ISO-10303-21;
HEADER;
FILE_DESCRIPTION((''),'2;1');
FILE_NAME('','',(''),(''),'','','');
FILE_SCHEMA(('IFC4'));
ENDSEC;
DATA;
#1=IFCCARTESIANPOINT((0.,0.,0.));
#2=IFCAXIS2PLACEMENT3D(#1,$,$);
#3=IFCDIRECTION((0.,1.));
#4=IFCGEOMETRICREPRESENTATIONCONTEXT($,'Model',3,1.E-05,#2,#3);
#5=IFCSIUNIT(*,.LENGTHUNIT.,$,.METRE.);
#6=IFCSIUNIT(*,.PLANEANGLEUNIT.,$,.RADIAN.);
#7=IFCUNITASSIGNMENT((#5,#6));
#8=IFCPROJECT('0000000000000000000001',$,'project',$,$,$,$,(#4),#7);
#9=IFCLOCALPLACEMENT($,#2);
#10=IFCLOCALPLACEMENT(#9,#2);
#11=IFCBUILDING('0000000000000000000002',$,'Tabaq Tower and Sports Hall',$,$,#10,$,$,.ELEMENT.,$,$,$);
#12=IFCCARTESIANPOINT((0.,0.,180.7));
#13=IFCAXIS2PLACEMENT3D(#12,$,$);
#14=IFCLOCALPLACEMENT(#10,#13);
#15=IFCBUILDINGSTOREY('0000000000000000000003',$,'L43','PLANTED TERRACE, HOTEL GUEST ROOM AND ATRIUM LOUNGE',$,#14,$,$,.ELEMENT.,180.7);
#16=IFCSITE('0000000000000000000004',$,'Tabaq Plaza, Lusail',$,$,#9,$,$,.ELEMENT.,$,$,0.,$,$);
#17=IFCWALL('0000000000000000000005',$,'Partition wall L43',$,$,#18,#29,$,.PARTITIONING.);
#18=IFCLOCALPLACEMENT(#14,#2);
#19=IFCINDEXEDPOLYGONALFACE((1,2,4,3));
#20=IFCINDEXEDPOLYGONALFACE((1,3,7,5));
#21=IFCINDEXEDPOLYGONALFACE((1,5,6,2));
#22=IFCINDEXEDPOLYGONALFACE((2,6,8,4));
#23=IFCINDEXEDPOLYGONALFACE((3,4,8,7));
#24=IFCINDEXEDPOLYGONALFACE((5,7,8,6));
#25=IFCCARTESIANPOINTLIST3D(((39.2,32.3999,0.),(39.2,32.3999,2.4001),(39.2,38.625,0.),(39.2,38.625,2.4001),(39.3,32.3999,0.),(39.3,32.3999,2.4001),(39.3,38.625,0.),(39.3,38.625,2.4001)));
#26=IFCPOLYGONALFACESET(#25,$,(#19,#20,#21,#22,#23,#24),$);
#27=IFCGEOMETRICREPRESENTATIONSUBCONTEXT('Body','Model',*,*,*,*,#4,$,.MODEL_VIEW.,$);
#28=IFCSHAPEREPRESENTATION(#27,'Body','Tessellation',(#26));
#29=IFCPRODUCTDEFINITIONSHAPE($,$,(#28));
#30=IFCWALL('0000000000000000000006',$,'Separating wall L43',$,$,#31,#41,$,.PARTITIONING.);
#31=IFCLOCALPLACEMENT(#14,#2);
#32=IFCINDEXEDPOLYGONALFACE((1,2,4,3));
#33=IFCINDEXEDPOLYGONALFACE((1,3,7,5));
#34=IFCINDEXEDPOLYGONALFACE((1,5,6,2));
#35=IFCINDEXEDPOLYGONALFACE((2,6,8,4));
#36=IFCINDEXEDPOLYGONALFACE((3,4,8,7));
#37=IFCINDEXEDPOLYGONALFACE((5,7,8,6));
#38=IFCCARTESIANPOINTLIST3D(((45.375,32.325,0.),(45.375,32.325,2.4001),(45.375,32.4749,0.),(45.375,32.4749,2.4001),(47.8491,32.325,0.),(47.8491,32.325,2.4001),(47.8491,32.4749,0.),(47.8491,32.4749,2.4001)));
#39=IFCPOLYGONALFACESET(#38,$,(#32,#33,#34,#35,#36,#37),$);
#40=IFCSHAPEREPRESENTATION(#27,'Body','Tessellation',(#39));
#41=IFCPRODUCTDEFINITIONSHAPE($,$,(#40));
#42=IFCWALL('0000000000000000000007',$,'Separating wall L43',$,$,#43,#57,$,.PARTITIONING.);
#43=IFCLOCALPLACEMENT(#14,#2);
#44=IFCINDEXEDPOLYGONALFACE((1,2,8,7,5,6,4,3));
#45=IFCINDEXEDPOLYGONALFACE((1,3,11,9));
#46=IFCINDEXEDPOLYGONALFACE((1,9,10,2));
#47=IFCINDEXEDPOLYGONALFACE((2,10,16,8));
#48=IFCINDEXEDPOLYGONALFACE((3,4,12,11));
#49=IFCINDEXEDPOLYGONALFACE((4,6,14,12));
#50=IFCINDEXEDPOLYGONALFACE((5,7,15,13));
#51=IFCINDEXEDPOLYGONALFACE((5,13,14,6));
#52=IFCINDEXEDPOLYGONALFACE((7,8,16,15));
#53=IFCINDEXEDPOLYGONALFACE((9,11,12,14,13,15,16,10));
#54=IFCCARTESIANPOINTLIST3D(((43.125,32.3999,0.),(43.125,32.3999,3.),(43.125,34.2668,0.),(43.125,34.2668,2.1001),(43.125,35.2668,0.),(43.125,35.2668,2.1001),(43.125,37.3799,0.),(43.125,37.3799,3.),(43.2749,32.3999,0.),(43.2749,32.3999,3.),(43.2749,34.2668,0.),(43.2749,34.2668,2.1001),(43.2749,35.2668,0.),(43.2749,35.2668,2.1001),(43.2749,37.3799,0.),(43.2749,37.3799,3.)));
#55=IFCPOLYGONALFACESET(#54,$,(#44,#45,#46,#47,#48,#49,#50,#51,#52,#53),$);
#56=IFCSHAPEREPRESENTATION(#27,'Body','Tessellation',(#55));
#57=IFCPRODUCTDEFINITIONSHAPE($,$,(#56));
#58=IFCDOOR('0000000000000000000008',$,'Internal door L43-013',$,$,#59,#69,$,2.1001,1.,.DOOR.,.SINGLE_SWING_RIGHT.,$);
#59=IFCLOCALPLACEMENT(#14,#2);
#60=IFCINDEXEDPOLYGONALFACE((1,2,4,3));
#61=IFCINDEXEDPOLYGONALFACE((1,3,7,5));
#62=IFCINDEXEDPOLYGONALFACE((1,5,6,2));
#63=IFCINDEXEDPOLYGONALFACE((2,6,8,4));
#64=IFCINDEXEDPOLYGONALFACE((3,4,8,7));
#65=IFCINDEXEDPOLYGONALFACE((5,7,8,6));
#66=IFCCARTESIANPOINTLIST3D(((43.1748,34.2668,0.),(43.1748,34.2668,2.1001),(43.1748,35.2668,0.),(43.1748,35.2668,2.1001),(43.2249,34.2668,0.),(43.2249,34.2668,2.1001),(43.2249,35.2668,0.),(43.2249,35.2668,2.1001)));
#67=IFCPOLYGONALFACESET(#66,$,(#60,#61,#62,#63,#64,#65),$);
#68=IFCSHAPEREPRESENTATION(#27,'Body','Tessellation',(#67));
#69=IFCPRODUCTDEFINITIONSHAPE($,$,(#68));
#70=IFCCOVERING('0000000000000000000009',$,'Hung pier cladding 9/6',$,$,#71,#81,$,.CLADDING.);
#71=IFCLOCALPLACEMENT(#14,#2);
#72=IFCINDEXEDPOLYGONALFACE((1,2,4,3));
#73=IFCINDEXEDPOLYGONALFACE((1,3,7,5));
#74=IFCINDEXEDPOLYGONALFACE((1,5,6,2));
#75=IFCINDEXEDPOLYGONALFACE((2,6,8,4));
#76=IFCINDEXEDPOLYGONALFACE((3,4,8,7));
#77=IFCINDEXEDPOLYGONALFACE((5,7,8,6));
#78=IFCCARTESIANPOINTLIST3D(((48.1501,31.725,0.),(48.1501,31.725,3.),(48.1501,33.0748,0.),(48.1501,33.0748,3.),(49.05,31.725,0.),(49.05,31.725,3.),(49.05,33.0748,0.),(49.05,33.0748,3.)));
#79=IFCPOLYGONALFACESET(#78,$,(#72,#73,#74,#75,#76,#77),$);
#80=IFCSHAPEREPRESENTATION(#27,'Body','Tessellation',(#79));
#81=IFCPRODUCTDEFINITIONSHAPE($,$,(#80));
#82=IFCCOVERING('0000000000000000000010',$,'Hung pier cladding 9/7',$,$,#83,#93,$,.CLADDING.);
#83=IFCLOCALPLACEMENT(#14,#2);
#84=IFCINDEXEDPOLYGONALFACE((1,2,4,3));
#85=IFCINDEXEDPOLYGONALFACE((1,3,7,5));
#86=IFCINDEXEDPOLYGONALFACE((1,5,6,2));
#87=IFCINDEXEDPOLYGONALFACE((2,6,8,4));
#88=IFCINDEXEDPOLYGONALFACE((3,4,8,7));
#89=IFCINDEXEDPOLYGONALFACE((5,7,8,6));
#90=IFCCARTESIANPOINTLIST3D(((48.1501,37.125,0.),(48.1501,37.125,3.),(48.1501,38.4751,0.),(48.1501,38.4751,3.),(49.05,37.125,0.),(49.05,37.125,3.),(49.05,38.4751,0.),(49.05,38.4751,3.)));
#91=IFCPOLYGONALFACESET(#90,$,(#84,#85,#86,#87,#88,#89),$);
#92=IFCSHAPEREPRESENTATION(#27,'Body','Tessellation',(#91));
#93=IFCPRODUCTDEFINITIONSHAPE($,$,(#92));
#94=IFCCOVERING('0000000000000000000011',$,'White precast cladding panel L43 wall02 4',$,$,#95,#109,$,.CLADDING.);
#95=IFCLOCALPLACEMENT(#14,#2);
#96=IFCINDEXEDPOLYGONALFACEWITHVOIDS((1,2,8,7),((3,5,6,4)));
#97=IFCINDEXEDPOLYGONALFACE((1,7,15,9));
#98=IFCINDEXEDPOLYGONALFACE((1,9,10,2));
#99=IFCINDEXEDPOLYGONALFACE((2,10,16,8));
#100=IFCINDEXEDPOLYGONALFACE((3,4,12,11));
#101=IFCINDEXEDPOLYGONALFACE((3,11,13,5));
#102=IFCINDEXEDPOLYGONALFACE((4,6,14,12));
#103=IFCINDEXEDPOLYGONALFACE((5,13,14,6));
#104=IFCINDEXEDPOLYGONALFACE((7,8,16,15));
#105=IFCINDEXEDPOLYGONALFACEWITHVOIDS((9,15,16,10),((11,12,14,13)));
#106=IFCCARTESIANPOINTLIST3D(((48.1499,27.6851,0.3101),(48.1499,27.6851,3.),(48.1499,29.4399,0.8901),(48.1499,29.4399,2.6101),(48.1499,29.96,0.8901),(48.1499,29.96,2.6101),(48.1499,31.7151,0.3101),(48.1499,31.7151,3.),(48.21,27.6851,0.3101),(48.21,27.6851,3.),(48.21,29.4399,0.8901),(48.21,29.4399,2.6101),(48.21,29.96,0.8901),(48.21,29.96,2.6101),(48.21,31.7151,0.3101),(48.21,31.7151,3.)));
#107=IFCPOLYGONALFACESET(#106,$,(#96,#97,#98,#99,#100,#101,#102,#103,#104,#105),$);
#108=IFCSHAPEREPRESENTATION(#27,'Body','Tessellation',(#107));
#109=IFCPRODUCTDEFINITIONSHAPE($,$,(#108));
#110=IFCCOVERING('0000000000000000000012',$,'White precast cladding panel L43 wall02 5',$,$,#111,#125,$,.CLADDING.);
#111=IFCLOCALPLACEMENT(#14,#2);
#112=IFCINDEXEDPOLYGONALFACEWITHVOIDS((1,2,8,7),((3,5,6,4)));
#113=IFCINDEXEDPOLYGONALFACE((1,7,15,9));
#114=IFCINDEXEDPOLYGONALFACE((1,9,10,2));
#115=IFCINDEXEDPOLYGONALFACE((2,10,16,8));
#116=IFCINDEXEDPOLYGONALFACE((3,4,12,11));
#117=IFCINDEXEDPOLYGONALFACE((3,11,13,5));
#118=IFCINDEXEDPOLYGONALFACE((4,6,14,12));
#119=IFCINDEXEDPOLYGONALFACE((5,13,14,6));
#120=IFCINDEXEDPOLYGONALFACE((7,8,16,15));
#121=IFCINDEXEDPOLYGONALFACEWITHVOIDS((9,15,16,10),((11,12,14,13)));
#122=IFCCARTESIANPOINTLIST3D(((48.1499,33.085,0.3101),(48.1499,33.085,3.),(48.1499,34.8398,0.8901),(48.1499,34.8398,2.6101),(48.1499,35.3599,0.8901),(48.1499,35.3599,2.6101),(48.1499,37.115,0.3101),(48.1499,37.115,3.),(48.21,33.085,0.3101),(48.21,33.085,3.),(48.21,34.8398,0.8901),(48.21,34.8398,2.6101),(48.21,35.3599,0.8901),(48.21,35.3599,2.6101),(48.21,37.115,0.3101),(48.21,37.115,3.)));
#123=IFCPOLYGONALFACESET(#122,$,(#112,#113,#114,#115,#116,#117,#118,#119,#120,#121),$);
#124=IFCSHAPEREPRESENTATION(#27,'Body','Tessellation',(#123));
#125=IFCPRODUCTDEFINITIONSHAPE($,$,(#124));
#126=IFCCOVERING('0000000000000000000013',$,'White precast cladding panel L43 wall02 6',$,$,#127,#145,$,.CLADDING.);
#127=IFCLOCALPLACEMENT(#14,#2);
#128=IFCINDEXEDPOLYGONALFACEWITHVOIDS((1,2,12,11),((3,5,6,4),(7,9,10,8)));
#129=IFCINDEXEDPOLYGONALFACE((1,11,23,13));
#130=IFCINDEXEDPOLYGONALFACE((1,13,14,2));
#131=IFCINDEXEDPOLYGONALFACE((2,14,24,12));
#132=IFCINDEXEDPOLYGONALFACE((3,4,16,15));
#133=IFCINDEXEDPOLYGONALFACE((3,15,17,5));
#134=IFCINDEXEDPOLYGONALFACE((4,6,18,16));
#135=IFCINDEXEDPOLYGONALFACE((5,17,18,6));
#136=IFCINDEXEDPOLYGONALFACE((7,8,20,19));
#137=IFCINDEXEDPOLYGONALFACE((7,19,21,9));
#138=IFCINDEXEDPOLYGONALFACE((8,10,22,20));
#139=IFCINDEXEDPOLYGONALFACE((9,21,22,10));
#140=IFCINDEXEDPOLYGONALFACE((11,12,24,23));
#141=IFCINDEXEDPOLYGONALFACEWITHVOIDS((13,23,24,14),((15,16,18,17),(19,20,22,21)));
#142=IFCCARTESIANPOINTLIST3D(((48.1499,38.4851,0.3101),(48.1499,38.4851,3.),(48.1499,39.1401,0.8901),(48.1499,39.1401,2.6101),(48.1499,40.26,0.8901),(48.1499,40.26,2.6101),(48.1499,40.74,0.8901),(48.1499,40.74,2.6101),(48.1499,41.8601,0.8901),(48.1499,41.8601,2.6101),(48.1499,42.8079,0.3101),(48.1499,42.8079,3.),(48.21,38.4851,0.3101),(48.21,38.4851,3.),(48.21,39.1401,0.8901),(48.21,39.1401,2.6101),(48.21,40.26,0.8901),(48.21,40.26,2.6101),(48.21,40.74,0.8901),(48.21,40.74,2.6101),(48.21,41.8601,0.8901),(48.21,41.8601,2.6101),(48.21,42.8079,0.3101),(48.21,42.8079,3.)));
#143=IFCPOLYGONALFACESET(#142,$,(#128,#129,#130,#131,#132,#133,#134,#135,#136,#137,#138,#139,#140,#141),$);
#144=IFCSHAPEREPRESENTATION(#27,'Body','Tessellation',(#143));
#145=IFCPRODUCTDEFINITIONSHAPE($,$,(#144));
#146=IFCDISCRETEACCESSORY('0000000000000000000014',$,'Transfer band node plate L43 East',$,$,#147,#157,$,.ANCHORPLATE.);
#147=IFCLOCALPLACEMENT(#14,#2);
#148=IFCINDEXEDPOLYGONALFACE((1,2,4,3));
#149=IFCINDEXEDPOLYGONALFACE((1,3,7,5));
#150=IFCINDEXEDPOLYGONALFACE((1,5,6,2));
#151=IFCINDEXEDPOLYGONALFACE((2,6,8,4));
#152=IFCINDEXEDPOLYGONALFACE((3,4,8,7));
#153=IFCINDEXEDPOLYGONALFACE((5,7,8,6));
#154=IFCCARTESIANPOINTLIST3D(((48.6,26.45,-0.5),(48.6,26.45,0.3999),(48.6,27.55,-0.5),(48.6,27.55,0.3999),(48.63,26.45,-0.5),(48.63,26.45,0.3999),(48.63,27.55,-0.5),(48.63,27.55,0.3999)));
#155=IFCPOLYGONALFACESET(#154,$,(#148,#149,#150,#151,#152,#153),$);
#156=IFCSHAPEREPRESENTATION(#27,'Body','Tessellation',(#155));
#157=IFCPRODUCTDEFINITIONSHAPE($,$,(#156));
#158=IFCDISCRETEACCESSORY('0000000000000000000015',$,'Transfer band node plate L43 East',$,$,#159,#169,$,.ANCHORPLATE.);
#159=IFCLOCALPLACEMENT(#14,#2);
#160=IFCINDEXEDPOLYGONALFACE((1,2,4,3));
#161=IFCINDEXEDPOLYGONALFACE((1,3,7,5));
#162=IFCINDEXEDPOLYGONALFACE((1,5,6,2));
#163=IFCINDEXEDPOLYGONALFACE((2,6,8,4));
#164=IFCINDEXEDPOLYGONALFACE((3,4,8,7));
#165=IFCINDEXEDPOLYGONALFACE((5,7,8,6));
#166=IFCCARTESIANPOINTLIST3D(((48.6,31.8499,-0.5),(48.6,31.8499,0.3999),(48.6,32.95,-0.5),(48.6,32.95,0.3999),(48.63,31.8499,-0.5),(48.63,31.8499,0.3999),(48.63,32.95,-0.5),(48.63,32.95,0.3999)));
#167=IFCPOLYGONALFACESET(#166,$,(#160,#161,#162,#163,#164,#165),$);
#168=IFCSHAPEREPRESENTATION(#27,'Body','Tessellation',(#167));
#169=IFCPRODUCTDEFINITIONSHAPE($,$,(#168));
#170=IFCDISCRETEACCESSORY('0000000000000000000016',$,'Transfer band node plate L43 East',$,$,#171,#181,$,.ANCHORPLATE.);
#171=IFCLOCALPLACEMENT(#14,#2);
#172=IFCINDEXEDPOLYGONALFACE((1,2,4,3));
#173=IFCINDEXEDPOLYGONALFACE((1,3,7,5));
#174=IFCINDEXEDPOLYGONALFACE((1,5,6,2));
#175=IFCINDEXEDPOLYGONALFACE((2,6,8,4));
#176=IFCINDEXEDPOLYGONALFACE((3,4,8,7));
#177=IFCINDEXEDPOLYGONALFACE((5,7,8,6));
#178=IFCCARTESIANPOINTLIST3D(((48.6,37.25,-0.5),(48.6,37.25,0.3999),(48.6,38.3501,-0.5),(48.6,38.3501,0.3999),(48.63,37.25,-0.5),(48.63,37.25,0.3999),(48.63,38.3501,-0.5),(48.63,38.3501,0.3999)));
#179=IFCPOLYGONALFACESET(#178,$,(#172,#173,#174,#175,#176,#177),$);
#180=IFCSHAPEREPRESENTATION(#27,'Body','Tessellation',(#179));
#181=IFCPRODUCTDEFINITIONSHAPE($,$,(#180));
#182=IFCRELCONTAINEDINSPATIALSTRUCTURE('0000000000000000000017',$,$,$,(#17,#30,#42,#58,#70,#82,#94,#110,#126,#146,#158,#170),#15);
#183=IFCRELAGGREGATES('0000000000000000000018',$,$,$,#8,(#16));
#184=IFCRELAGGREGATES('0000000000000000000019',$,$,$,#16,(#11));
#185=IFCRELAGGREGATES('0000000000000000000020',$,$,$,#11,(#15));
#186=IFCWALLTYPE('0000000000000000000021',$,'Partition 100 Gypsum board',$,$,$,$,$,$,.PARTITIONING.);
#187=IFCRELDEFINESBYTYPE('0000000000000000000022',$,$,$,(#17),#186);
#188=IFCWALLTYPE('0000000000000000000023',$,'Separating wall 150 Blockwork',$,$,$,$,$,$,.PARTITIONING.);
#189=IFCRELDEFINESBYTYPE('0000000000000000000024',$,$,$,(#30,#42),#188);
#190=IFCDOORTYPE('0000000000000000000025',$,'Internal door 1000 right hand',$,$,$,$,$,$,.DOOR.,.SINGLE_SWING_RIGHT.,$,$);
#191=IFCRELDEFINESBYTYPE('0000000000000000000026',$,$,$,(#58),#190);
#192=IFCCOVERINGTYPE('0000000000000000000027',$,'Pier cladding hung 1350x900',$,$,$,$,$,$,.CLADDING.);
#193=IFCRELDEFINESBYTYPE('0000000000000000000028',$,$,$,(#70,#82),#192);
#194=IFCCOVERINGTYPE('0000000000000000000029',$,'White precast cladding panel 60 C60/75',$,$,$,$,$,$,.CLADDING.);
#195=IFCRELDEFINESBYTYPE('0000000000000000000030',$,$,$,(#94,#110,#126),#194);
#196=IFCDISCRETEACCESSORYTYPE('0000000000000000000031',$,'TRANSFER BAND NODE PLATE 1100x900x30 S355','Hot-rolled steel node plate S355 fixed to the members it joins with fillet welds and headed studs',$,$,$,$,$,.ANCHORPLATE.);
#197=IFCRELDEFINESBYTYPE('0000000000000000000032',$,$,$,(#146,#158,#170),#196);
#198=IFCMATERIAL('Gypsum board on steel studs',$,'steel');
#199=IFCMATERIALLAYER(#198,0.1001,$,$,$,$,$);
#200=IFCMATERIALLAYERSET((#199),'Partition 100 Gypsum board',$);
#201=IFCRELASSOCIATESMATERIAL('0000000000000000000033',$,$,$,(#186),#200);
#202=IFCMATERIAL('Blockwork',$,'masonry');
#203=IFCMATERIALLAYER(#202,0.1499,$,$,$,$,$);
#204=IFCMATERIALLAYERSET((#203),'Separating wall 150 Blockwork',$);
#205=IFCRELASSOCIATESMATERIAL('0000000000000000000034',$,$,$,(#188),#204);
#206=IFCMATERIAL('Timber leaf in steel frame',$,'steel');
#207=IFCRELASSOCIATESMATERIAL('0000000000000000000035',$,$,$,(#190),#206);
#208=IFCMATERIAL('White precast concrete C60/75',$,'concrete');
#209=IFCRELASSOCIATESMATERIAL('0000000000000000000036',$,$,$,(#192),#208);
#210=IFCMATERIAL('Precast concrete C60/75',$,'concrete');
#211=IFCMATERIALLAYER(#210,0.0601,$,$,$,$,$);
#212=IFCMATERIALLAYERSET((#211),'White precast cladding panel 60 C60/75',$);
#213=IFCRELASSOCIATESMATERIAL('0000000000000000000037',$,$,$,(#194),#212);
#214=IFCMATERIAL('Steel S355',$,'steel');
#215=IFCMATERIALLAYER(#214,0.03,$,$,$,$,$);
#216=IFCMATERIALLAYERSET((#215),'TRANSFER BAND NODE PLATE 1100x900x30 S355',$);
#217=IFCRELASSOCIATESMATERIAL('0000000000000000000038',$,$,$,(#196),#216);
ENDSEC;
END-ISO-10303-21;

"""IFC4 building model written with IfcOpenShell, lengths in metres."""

from ifc_helpers import new_model, si_unit, direction, frame, frame_2d, origin, origin_2d, place, context, subcontext, project, spatial, polyline, rectangle, outline, extrude, material, layer, layer_set, type_object, element, fill, save


model = new_model("IFC4")

# Units and contexts
model_context = context("Model", 3, precision=1e-05, world=origin(), true_north=direction((0.0, 1.0)))
body_context = subcontext(model_context, "Body", "Model", "MODEL_VIEW")
ifc_project = project(units=[si_unit("LENGTHUNIT", "METRE"), si_unit("PLANEANGLEUNIT", "RADIAN")], contexts=[model_context])

# Site, building, storey
site_placement = place(None, origin())
site = spatial("IfcSite", under=ifc_project, at=site_placement, Name="Tabaq Plaza, Lusail", CompositionType="ELEMENT", RefElevation=0.0)
building_placement = place(site_placement, origin())
building = spatial("IfcBuilding", under=site, at=building_placement, Name="Tabaq Tower and Sports Hall", CompositionType="ELEMENT")
storey_placement = place(building_placement, frame((0.0, 0.0, 180.7)))
storey = spatial("IfcBuildingStorey", under=building, at=storey_placement, Name="L43", Description="PLANTED TERRACE, HOTEL GUEST ROOM AND ATRIUM LOUNGE", CompositionType="ELEMENT", Elevation=180.7)

# Shared definitions
ifc_material_1 = material(Name="Gypsum board on steel studs", Category="steel")
ifc_layer_1 = layer(ifc_material_1, 0.1001)
ifc_layer_set_1 = layer_set([ifc_layer_1], Name="Partition 100 Gypsum board")
wall_type_1 = type_object("IfcWallType", Name="Partition 100 Gypsum board", PredefinedType="PARTITIONING", material=ifc_layer_set_1)

# Walls
wall_1_placement = place(storey_placement, frame((39.25, 32.3999, 0.0), z_axis=(0.0, 0.0, 1.0), x_axis=(0.0, 1.0, 0.0)))
element("IfcWall", 1, at=wall_1_placement, inside=storey, type_object=wall_type_1, Name="Partition wall L43", PredefinedType="PARTITIONING", context=body_context, shape_type="SweptSolid", body=[
    extrude(rectangle(XDim=6.2251, YDim=0.1001, at=frame_2d((3.1125, 0.0))), origin(), (0.0, 0.0, 1.0), 2.4001),
])
ifc_material_2 = material(Name="Blockwork", Category="masonry")
ifc_layer_2 = layer(ifc_material_2, 0.1499)
ifc_layer_set_2 = layer_set([ifc_layer_2], Name="Separating wall 150 Blockwork")
wall_type_2 = type_object("IfcWallType", Name="Separating wall 150 Blockwork", PredefinedType="PARTITIONING", material=ifc_layer_set_2)
wall_2_placement = place(storey_placement, frame((45.375, 32.3999, 0.0), z_axis=(0.0, 0.0, 1.0), x_axis=(1.0, 0.0, 0.0)))
element("IfcWall", 2, at=wall_2_placement, inside=storey, type_object=wall_type_2, Name="Separating wall L43", PredefinedType="PARTITIONING", context=body_context, shape_type="SweptSolid", body=[
    extrude(rectangle(XDim=2.4741, YDim=0.1499, at=frame_2d((1.2371, 0.0))), origin(), (0.0, 0.0, 1.0), 2.4001),
])

# Wall, opening, door
wall_3_placement = place(storey_placement, frame((43.2, 37.3799, 0.0), z_axis=(0.0, 0.0, 1.0), x_axis=(0.0, -1.0, 0.0)))
wall_3 = element("IfcWall", 3, at=wall_3_placement, inside=storey, type_object=wall_type_2, Name="Separating wall L43", PredefinedType="PARTITIONING", context=body_context, shape_type="SweptSolid", body=[
    extrude(rectangle(XDim=4.98, YDim=0.1499, at=frame_2d((2.49, 0.0))), origin(), (0.0, 0.0, 1.0), 3.0),
])
opening_1_placement = place(wall_3_placement, frame((2.113, 0.0, 0.0)))
opening_1 = element("IfcOpeningElement", 4, at=opening_1_placement, cuts=wall_3, PredefinedType="OPENING", context=body_context, shape_type="SweptSolid", body=[
    extrude(rectangle(XDim=1.0, YDim=2.1001, at=frame_2d((0.5, 1.05))), frame((0.0, 0.075, 0.0), z_axis=(0.0, -1.0, 0.0), x_axis=(1.0, 0.0, 0.0)), (0.0, 0.0, 1.0), 0.1499),
])
ifc_material_3 = material(Name="Timber leaf in steel frame", Category="steel")
door_type_1 = type_object("IfcDoorType", Name="Internal door 1000 right hand", OperationType="SINGLE_SWING_RIGHT", PredefinedType="DOOR", material=ifc_material_3)
door_1_placement = place(opening_1_placement, origin())
door_1 = element("IfcDoor", 5, at=door_1_placement, inside=storey, type_object=door_type_1, Name="Internal door L43-013", OperationType="SINGLE_SWING_RIGHT", OverallHeight=2.1001, OverallWidth=1.0, PredefinedType="DOOR", context=body_context, shape_type="SweptSolid", body=[
    extrude(rectangle(XDim=1.0, YDim=2.1001, at=frame_2d((0.5, 1.05))), frame((0.0, 0.0249, 0.0), z_axis=(0.0, -1.0, 0.0), x_axis=(1.0, 0.0, 0.0)), (0.0, 0.0, 1.0), 0.05),
])
fill(opening_1, door_1)

# Coverings
ifc_material_4 = material(Name="White precast concrete C60/75", Category="concrete")
covering_type_1 = type_object("IfcCoveringType", Name="Pier cladding hung 1350x900", PredefinedType="CLADDING", material=ifc_material_4)
covering_1_placement = place(storey_placement, frame((48.6001, 31.7251, 0.0), z_axis=(0.0, 0.0, 1.0), x_axis=(0.0, 1.0, 0.0)))
element("IfcCovering", 6, at=covering_1_placement, inside=storey, type_object=covering_type_1, Name="Hung pier cladding 9/6", PredefinedType="CLADDING", context=body_context, shape_type="SweptSolid", body=[
    extrude(rectangle(XDim=1.3499, YDim=0.8999, at=frame_2d((0.6748, 0.0))), origin(), (0.0, 0.0, 1.0), 3.0),
])
covering_2_placement = place(storey_placement, frame((48.6001, 37.125, 0.0), z_axis=(0.0, 0.0, 1.0), x_axis=(0.0, 1.0, 0.0)))
element("IfcCovering", 7, at=covering_2_placement, inside=storey, type_object=covering_type_1, Name="Hung pier cladding 9/7", PredefinedType="CLADDING", context=body_context, shape_type="SweptSolid", body=[
    extrude(rectangle(XDim=1.3501, YDim=0.8999, at=frame_2d((0.675, 0.0))), origin(), (0.0, 0.0, 1.0), 3.0),
])
ifc_material_5 = material(Name="Precast concrete C60/75", Category="concrete")
ifc_layer_3 = layer(ifc_material_5, 0.0601)
ifc_layer_set_3 = layer_set([ifc_layer_3], Name="White precast cladding panel 60 C60/75")
covering_type_2 = type_object("IfcCoveringType", Name="White precast cladding panel 60 C60/75", PredefinedType="CLADDING", material=ifc_layer_set_3)
for number, where, z_axis, x_axis, name in (
    (8, (48.1799, 27.6851, 0.3101), (0.0, 0.0, 1.0), (0.0, 1.0, 0.0), "White precast cladding panel L43 wall02 4"),
    (9, (48.1799, 33.085, 0.3101), (0.0, 0.0, 1.0), (0.0, 1.0, 0.0), "White precast cladding panel L43 wall02 5"),
):
    element("IfcCovering", number, at=place(storey_placement, frame(where, z_axis=z_axis, x_axis=x_axis)), inside=storey, type_object=covering_type_2, Name=name, PredefinedType="CLADDING", context=body_context, shape_type="SweptSolid", body=[
        extrude(outline(polyline([(0.0, 0.0), (4.03, 0.0), (4.03, 2.6899), (0.0, 2.6899), (0.0, 0.0)]), holes=[polyline([(1.7549, 0.5801), (1.7549, 2.3), (2.2749, 2.3), (2.2749, 0.5801), (1.7549, 0.5801)])]), frame((0.0, 0.03, 0.0), z_axis=(0.0, -1.0, 0.0), x_axis=(1.0, 0.0, 0.0)), (0.0, 0.0, 1.0), 0.0601),
    ])
covering_3_placement = place(storey_placement, frame((48.1799, 38.4851, 0.3101), z_axis=(0.0, 0.0, 1.0), x_axis=(0.0, 1.0, 0.0)))
element("IfcCovering", 10, at=covering_3_placement, inside=storey, type_object=covering_type_2, Name="White precast cladding panel L43 wall02 6", PredefinedType="CLADDING", context=body_context, shape_type="SweptSolid", body=[
    extrude(outline(polyline([(0.0, 0.0), (4.3228, 0.0), (4.3228, 2.6899), (0.0, 2.6899), (0.0, 0.0)]), holes=[polyline([(0.655, 2.3), (1.7749, 2.3), (1.7749, 0.5801), (0.655, 0.5801), (0.655, 2.3)]), polyline([(2.2549, 2.3), (3.375, 2.3), (3.375, 0.5801), (2.2549, 0.5801), (2.2549, 2.3)])]), frame((0.0, 0.03, 0.0), z_axis=(0.0, -1.0, 0.0), x_axis=(1.0, 0.0, 0.0)), (0.0, 0.0, 1.0), 0.0601),
])

# Discrete accessories
ifc_material_6 = material(Name="Steel S355", Category="steel")
ifc_layer_4 = layer(ifc_material_6, 0.03)
ifc_layer_set_4 = layer_set([ifc_layer_4], Name="TRANSFER BAND NODE PLATE 1100x900x30 S355")
discrete_accessory_type_1 = type_object("IfcDiscreteAccessoryType", Name="TRANSFER BAND NODE PLATE 1100x900x30 S355", Description="Hot-rolled steel node plate S355 fixed to the members it joins with fillet welds and headed studs", PredefinedType="ANCHORPLATE", material=ifc_layer_set_4)
for number, where, z_axis, x_axis, name in (
    (11, (48.615, 27.0, -0.5), (0.0, 0.0, 1.0), (0.0, 1.0, 0.0), "Transfer band node plate L43 East"),
    (12, (48.615, 32.3999, -0.5), (0.0, 0.0, 1.0), (0.0, 1.0, 0.0), "Transfer band node plate L43 East"),
    (13, (48.615, 37.8, -0.5), (0.0, 0.0, 1.0), (0.0, 1.0, 0.0), "Transfer band node plate L43 East"),
):
    element("IfcDiscreteAccessory", number, at=place(storey_placement, frame(where, z_axis=z_axis, x_axis=x_axis)), inside=storey, type_object=discrete_accessory_type_1, Name=name, PredefinedType="ANCHORPLATE", context=body_context, shape_type="SweptSolid", body=[
        extrude(rectangle(XDim=1.1001, YDim=0.03, at=origin_2d()), origin(), (0.0, 0.0, 1.0), 0.8999),
    ])

save(model, "model.ifc")
